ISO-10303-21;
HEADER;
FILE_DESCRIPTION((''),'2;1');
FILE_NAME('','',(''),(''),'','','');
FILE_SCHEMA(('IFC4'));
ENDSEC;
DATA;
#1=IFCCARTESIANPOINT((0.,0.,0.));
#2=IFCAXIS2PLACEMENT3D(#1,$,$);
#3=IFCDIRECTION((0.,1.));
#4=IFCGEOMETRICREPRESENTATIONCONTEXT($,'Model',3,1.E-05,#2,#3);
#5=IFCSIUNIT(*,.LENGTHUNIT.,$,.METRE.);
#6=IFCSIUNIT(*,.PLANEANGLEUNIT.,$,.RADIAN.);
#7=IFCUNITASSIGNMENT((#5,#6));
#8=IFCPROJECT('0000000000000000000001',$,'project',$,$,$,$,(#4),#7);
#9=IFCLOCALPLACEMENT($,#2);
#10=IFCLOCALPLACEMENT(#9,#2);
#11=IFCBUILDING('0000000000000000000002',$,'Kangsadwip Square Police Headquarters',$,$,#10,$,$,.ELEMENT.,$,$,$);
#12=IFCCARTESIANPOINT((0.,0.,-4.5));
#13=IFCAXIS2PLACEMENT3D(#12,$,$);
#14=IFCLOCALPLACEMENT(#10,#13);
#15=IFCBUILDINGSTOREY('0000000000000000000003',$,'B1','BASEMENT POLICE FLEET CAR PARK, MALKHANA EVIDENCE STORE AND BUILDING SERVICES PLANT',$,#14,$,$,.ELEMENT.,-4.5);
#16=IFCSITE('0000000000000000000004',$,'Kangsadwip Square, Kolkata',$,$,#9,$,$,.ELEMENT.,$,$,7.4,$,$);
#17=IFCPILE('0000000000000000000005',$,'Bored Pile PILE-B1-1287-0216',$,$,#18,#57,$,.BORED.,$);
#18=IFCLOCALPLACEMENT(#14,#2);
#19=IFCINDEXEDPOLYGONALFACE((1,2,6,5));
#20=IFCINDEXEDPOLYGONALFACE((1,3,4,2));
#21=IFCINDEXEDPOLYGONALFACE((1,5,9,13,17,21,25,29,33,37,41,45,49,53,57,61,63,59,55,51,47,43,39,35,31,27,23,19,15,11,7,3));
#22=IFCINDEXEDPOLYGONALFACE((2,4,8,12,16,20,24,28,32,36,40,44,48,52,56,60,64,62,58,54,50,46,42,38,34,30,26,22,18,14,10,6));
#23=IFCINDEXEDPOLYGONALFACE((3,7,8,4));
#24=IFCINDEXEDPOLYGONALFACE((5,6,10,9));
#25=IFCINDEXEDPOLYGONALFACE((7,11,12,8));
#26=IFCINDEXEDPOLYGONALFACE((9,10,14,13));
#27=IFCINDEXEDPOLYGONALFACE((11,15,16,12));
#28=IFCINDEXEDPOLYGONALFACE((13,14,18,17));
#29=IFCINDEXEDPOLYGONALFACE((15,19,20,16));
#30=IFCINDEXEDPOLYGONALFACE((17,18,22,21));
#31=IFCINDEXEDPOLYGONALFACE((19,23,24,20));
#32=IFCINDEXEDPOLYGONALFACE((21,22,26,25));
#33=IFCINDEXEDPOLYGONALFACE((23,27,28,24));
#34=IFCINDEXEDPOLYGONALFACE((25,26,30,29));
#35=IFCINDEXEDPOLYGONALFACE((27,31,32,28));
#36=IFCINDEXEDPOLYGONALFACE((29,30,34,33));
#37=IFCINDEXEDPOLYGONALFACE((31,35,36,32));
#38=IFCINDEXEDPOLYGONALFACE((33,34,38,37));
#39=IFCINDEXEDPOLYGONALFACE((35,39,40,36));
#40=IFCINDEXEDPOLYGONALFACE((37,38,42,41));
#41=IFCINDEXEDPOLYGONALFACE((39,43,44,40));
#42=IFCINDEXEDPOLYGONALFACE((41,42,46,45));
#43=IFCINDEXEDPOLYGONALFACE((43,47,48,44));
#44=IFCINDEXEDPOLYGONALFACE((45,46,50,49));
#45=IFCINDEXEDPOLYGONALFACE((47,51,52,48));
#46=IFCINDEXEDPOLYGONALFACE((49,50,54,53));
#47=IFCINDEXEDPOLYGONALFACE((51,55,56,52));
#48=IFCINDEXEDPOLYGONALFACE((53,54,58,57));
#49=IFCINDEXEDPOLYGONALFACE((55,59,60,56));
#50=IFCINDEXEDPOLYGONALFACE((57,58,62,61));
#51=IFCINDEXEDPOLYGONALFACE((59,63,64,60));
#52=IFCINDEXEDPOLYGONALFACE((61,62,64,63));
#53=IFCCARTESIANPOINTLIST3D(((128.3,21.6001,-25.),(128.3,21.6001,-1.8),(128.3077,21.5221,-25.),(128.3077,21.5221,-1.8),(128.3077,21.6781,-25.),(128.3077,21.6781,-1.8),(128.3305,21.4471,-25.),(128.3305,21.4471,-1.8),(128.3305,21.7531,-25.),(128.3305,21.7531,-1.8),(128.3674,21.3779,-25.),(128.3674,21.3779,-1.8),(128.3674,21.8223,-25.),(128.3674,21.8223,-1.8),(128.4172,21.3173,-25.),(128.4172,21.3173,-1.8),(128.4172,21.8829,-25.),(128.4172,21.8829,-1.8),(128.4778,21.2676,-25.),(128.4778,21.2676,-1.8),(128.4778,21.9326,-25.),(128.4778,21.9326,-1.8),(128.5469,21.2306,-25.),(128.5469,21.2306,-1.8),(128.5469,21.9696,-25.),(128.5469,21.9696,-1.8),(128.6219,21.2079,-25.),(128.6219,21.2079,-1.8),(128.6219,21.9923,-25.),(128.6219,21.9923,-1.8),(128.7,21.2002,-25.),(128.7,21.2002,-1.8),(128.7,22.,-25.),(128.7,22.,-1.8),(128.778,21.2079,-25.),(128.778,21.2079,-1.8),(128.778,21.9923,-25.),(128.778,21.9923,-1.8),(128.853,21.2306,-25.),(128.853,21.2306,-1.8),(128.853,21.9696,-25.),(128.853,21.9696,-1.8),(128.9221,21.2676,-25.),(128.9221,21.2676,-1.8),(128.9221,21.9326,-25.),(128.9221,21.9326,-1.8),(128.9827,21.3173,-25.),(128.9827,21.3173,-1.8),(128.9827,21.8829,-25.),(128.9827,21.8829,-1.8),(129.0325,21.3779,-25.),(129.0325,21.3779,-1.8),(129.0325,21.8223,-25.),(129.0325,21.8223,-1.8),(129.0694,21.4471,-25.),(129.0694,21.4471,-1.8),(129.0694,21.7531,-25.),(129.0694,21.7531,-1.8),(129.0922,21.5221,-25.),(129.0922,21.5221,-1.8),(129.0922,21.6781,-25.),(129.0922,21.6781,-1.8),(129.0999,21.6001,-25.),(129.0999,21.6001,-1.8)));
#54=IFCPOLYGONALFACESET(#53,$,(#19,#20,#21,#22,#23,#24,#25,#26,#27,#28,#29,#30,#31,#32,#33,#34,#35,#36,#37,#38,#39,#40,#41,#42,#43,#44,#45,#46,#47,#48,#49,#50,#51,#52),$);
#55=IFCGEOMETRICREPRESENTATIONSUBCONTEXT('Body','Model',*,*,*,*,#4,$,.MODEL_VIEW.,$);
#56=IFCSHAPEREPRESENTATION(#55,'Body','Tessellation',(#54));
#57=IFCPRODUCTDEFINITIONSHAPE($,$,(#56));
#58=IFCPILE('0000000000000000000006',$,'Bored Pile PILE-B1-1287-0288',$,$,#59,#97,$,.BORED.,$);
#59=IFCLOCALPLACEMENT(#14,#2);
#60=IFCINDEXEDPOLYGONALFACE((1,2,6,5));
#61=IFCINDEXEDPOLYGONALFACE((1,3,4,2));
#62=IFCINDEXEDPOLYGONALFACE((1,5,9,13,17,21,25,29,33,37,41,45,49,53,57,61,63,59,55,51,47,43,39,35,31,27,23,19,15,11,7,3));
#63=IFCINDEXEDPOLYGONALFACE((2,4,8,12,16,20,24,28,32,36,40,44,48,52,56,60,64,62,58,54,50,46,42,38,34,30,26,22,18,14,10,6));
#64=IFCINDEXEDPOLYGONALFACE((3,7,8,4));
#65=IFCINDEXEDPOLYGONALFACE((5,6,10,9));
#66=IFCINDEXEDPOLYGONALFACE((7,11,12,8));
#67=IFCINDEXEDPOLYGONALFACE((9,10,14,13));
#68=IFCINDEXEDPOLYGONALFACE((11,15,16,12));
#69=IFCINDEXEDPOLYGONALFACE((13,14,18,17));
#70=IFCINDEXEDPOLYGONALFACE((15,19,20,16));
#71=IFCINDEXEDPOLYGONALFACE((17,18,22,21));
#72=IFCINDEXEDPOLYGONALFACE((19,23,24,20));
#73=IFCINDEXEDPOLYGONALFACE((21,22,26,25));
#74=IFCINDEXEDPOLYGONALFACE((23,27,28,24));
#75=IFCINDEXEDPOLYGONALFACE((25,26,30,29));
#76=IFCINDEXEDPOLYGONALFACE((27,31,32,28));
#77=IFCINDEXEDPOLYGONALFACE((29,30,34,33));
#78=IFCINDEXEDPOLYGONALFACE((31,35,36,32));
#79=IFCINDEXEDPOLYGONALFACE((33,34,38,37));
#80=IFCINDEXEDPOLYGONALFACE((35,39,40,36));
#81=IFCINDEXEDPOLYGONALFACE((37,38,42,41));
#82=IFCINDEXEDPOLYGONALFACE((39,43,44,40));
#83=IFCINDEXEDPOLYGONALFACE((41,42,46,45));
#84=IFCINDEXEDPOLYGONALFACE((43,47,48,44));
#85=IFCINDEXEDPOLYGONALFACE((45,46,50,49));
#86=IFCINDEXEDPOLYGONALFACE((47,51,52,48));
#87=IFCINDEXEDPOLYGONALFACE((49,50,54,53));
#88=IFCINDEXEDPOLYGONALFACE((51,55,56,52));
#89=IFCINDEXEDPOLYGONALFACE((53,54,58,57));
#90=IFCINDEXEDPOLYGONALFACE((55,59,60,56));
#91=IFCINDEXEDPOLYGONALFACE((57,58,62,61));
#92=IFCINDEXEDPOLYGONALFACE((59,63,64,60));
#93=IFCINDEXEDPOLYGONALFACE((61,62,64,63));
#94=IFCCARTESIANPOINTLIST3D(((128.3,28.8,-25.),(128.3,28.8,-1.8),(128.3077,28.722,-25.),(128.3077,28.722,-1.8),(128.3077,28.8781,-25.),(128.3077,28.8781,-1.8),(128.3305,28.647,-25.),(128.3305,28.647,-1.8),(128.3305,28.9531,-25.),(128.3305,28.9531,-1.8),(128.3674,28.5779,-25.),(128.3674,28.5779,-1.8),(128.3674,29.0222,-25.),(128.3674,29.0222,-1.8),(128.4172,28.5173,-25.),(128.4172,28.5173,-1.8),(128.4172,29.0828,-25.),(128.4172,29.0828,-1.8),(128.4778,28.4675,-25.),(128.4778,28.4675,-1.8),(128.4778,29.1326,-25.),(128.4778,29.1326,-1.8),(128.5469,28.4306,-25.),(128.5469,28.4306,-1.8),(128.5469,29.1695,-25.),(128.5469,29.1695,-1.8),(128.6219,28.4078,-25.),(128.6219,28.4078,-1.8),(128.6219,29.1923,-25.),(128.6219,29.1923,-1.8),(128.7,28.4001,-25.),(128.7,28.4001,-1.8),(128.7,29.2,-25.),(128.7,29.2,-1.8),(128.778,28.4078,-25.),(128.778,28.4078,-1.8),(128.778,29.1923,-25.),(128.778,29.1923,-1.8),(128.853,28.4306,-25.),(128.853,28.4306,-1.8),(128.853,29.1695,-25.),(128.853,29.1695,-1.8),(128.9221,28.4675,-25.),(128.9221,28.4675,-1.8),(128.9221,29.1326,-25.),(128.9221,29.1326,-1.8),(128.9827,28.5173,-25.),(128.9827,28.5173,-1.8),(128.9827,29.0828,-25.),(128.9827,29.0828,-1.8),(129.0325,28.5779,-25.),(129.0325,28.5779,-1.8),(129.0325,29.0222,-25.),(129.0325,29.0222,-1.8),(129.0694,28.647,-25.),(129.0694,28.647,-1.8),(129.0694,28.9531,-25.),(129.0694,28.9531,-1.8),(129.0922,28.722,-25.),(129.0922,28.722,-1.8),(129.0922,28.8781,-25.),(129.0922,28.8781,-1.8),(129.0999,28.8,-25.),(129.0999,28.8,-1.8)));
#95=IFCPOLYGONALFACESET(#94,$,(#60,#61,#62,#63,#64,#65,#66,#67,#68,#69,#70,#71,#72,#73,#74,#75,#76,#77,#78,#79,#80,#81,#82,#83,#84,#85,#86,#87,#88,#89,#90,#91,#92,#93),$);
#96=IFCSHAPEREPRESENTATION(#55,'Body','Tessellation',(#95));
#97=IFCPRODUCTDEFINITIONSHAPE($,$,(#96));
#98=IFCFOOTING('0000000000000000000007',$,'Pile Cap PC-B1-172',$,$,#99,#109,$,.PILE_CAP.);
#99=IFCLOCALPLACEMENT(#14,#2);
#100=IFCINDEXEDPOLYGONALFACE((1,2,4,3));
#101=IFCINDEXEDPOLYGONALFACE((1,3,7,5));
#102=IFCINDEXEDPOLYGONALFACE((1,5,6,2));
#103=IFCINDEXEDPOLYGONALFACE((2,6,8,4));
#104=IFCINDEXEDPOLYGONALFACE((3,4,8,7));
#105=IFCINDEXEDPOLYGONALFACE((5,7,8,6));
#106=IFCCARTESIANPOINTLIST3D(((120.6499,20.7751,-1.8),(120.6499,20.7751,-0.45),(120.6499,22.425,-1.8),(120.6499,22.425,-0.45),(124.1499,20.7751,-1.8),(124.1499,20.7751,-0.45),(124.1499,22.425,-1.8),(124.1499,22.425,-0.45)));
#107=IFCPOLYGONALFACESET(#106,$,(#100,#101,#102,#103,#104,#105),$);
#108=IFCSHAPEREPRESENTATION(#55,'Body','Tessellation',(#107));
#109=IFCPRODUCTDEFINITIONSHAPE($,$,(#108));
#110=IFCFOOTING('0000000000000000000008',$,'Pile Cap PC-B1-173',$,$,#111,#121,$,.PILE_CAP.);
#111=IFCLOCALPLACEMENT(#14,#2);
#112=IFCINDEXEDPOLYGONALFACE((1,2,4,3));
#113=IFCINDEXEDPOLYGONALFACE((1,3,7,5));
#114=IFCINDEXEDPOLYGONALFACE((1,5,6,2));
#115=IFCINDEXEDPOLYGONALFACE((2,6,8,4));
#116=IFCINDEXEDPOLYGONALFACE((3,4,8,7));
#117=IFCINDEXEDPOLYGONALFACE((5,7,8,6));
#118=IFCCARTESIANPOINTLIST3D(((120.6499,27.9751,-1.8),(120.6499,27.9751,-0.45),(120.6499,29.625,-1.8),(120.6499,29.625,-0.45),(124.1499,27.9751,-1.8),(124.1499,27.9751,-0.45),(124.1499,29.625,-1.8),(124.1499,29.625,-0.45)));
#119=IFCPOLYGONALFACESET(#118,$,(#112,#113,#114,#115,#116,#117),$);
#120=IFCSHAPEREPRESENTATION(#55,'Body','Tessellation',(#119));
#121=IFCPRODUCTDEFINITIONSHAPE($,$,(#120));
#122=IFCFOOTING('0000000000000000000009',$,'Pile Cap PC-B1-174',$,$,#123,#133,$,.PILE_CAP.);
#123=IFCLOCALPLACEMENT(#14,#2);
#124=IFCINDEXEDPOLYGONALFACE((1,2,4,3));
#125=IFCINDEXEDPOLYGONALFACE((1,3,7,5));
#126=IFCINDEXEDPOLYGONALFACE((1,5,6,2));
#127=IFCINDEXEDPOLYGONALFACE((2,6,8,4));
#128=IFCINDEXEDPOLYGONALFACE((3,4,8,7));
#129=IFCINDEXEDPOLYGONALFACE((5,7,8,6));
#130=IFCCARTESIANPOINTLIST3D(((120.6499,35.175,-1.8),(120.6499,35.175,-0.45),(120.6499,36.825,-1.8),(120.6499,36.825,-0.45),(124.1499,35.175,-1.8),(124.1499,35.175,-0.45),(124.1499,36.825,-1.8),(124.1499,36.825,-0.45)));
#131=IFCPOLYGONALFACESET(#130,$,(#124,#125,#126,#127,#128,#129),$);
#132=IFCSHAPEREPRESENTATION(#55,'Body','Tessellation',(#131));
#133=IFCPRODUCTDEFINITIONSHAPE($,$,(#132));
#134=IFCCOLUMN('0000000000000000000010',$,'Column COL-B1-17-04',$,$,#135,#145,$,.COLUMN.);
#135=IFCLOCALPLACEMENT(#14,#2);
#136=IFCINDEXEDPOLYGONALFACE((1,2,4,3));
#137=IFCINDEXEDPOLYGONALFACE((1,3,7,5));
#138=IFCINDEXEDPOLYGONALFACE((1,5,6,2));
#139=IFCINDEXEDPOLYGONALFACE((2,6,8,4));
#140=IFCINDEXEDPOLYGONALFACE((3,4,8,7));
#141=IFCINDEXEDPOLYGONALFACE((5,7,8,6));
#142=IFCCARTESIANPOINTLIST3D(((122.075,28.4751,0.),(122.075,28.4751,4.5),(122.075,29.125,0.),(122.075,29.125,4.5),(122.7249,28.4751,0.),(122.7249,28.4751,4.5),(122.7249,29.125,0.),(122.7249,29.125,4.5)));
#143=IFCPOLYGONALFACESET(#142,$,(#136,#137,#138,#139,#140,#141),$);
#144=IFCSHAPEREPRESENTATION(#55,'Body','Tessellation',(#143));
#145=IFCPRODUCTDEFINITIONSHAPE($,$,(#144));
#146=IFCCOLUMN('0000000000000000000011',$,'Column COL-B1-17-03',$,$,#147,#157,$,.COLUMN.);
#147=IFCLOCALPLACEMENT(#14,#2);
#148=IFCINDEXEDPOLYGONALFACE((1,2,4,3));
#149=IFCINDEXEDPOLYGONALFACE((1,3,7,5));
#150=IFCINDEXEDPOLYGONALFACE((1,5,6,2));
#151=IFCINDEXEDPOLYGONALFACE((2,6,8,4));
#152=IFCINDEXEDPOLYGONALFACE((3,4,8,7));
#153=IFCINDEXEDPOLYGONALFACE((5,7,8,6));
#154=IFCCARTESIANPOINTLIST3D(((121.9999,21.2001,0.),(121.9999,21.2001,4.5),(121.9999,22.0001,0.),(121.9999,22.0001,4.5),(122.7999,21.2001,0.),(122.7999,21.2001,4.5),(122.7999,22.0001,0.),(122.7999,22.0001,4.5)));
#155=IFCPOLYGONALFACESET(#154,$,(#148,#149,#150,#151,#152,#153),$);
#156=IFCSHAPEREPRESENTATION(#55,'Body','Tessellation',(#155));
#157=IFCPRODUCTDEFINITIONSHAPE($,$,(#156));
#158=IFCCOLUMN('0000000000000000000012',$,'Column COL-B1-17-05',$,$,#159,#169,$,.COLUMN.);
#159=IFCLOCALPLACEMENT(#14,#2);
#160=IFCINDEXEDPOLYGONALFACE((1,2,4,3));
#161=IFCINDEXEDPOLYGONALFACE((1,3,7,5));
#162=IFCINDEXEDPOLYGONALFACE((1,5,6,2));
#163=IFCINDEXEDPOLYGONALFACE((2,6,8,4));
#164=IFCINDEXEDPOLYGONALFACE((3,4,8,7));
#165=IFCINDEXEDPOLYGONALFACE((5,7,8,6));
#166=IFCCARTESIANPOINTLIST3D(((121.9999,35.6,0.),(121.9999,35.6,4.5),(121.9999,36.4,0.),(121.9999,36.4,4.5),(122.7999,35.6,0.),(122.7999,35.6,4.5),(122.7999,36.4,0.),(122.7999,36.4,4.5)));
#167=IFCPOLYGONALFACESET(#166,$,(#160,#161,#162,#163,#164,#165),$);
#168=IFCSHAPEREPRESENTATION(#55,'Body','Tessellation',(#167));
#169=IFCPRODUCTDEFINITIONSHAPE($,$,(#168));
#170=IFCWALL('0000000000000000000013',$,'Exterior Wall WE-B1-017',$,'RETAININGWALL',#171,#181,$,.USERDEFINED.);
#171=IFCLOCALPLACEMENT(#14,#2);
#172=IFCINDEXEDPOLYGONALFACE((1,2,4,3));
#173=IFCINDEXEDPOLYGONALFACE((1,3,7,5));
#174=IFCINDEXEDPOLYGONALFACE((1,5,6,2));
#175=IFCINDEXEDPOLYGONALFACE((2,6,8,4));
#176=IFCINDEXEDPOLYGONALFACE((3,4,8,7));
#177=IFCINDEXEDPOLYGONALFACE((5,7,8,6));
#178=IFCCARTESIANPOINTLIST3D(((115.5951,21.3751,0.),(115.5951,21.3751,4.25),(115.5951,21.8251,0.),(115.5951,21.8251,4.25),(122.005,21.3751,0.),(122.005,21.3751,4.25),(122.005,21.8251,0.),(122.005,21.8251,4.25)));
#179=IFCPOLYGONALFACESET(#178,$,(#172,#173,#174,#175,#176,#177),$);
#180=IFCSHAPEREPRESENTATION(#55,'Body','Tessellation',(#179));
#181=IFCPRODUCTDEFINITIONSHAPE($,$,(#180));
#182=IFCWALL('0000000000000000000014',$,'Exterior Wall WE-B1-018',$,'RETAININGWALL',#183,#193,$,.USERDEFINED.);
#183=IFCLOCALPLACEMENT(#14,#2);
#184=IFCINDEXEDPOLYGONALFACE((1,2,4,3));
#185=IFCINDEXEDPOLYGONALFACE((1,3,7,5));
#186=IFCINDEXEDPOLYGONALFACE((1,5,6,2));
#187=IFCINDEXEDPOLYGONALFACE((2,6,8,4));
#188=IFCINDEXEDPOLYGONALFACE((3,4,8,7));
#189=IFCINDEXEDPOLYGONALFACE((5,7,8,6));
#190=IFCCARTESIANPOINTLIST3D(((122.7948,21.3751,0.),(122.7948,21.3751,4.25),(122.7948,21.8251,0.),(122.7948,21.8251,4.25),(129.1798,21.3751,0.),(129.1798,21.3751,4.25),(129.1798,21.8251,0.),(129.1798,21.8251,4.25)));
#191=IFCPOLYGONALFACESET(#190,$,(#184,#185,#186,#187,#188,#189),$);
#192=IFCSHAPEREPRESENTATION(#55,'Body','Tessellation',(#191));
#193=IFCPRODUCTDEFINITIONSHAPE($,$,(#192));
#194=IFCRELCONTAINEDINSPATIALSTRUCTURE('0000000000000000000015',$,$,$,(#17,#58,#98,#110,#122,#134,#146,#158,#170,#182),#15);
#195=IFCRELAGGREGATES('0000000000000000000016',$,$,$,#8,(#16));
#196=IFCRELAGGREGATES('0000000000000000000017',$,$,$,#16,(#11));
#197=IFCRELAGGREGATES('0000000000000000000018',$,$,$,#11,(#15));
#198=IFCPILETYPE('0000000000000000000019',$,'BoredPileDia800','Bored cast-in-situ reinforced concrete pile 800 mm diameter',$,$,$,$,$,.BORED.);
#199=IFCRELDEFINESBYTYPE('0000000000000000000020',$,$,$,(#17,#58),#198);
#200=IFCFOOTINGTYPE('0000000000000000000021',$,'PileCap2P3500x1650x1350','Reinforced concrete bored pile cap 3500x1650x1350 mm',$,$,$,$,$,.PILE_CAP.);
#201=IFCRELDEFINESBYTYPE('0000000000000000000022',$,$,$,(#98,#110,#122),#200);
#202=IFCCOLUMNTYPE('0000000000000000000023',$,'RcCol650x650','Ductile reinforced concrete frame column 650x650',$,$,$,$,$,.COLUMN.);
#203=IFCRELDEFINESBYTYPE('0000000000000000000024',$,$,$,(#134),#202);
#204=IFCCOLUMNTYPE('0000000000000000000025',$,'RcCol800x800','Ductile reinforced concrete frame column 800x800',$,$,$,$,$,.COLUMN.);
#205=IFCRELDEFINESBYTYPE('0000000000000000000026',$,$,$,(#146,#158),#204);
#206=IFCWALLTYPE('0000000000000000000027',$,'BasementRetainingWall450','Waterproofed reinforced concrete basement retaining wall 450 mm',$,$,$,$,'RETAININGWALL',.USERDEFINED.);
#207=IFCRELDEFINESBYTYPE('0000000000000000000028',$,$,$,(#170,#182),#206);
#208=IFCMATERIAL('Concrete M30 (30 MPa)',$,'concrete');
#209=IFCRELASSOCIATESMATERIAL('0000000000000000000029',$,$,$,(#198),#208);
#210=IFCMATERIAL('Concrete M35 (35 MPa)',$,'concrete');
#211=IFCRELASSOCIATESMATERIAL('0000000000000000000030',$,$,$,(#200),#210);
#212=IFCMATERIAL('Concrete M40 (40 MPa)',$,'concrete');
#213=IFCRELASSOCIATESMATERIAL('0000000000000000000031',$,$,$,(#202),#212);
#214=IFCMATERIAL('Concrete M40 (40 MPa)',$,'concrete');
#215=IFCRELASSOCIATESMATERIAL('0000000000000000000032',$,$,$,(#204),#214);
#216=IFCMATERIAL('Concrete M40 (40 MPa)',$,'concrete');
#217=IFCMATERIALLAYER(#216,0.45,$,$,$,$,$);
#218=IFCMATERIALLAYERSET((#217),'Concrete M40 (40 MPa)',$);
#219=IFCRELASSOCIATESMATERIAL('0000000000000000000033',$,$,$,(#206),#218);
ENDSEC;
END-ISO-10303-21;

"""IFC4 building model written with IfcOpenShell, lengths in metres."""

from ifc_helpers import new_model, si_unit, direction, frame, frame_2d, origin, origin_2d, place, context, subcontext, project, spatial, rectangle, circle, extrude, material, layer, layer_set, material_profile, profile_set, type_object, element, save


model = new_model("IFC4")

# Units and contexts
model_context = context("Model", 3, precision=1e-05, world=origin(), true_north=direction((0.0, 1.0)))
body_context = subcontext(model_context, "Body", "Model", "MODEL_VIEW")
ifc_project = project(units=[si_unit("LENGTHUNIT", "METRE"), si_unit("PLANEANGLEUNIT", "RADIAN")], contexts=[model_context])

# Site, building, storey
site_placement = place(None, origin())
site = spatial("IfcSite", under=ifc_project, at=site_placement, Name="Kangsadwip Square, Kolkata", CompositionType="ELEMENT", RefElevation=7.4)
building_placement = place(site_placement, origin())
building = spatial("IfcBuilding", under=site, at=building_placement, Name="Kangsadwip Square Police Headquarters", CompositionType="ELEMENT")
storey_placement = place(building_placement, frame((0.0, 0.0, -4.5)))
storey = spatial("IfcBuildingStorey", under=building, at=storey_placement, Name="B1", Description="BASEMENT POLICE FLEET CAR PARK, MALKHANA EVIDENCE STORE AND BUILDING SERVICES PLANT", CompositionType="ELEMENT", Elevation=-4.5)

# Piles
ifc_material_1 = material(Name="Concrete M30 (30 MPa)", Category="concrete")
ifc_material_profile_1 = material_profile(ifc_material_1, circle(Radius=0.3999, at=origin_2d()), Name="PILE DIA 800")
ifc_profile_set_1 = profile_set([ifc_material_profile_1], Name="Concrete M30 (30 MPa)")
pile_type = type_object("IfcPileType", Name="BoredPileDia800", Description="Bored cast-in-situ reinforced concrete pile 800 mm diameter", PredefinedType="BORED", material=ifc_profile_set_1)
for number, where, z_axis, x_axis, name in (
    (1, (128.7, 21.6001, -1.8), (0.0, 0.0, -1.0), (1.0, 0.0, 0.0), "Bored Pile PILE-B1-1287-0216"),
    (2, (128.7, 28.8, -1.8), (0.0, 0.0, -1.0), (1.0, 0.0, 0.0), "Bored Pile PILE-B1-1287-0288"),
):
    element("IfcPile", number, at=place(storey_placement, frame(where, z_axis=z_axis, x_axis=x_axis)), inside=storey, type_object=pile_type, Name=name, PredefinedType="BORED", context=body_context, shape_type="SweptSolid", body=[
        extrude(circle(Radius=0.3999, at=origin_2d()), origin(), (0.0, 0.0, 1.0), 23.2),
    ])

# Footings
ifc_material_2 = material(Name="Concrete M35 (35 MPa)", Category="concrete")
footing_type = type_object("IfcFootingType", Name="PileCap2P3500x1650x1350", Description="Reinforced concrete bored pile cap 3500x1650x1350 mm", PredefinedType="PILE_CAP", material=ifc_material_2)
for number, where, z_axis, x_axis, name in (
    (3, (122.3999, 21.6001, -1.8), (0.0, 0.0, 1.0), (1.0, 0.0, 0.0), "Pile Cap PC-B1-172"),
    (4, (122.3999, 28.8, -1.8), (0.0, 0.0, 1.0), (1.0, 0.0, 0.0), "Pile Cap PC-B1-173"),
    (5, (122.3999, 36.0, -1.8), (0.0, 0.0, 1.0), (1.0, 0.0, 0.0), "Pile Cap PC-B1-174"),
):
    element("IfcFooting", number, at=place(storey_placement, frame(where, z_axis=z_axis, x_axis=x_axis)), inside=storey, type_object=footing_type, Name=name, PredefinedType="PILE_CAP", context=body_context, shape_type="SweptSolid", body=[
        extrude(rectangle(XDim=3.5, YDim=1.6499, at=origin_2d()), origin(), (0.0, 0.0, 1.0), 1.3501),
    ])

# Columns
ifc_material_3 = material(Name="Concrete M40 (40 MPa)", Category="concrete")
ifc_material_profile_2 = material_profile(ifc_material_3, rectangle(XDim=0.6499, YDim=0.6499, at=origin_2d()), Name="RC COL 650X650")
ifc_profile_set_2 = profile_set([ifc_material_profile_2], Name="Concrete M40 (40 MPa)")
column_type_1 = type_object("IfcColumnType", Name="RcCol650x650", Description="Ductile reinforced concrete frame column 650x650", PredefinedType="COLUMN", material=ifc_profile_set_2)
column_placement = place(storey_placement, frame((122.3999, 28.8, 0.0), z_axis=(0.0, 0.0, 1.0), x_axis=(1.0, 0.0, 0.0)))
element("IfcColumn", 6, at=column_placement, inside=storey, type_object=column_type_1, Name="Column COL-B1-17-04", PredefinedType="COLUMN", context=body_context, shape_type="SweptSolid", body=[
    extrude(rectangle(XDim=0.6499, YDim=0.6499, at=origin_2d()), origin(), (0.0, 0.0, 1.0), 4.5),
])
ifc_material_4 = material(Name="Concrete M40 (40 MPa)", Category="concrete")
ifc_material_profile_3 = material_profile(ifc_material_4, rectangle(XDim=0.8, YDim=0.8, at=origin_2d()), Name="RC COL 800X800")
ifc_profile_set_3 = profile_set([ifc_material_profile_3], Name="Concrete M40 (40 MPa)")
column_type_2 = type_object("IfcColumnType", Name="RcCol800x800", Description="Ductile reinforced concrete frame column 800x800", PredefinedType="COLUMN", material=ifc_profile_set_3)
for number, where, z_axis, x_axis, name in (
    (7, (122.3999, 21.6001, 0.0), (0.0, 0.0, 1.0), (1.0, 0.0, 0.0), "Column COL-B1-17-03"),
    (8, (122.3999, 36.0, 0.0), (0.0, 0.0, 1.0), (1.0, 0.0, 0.0), "Column COL-B1-17-05"),
):
    element("IfcColumn", number, at=place(storey_placement, frame(where, z_axis=z_axis, x_axis=x_axis)), inside=storey, type_object=column_type_2, Name=name, PredefinedType="COLUMN", context=body_context, shape_type="SweptSolid", body=[
        extrude(rectangle(XDim=0.8, YDim=0.8, at=origin_2d()), origin(), (0.0, 0.0, 1.0), 4.5),
    ])

# Walls
ifc_material_5 = material(Name="Concrete M40 (40 MPa)", Category="concrete")
ifc_layer_1 = layer(ifc_material_5, 0.45)
ifc_layer_set_1 = layer_set([ifc_layer_1], Name="Concrete M40 (40 MPa)")
wall_type_1 = type_object("IfcWallType", Name="BasementRetainingWall450", Description="Waterproofed reinforced concrete basement retaining wall 450 mm", ElementType="RETAININGWALL", PredefinedType="USERDEFINED", material=ifc_layer_set_1)
wall_1_placement = place(storey_placement, frame((115.595, 21.6001, 0.0), z_axis=(0.0, 0.0, 1.0), x_axis=(1.0, 0.0, 0.0)))
element("IfcWall", 9, at=wall_1_placement, inside=storey, type_object=wall_type_1, Name="Exterior Wall WE-B1-017", ObjectType="RETAININGWALL", PredefinedType="USERDEFINED", context=body_context, shape_type="SweptSolid", body=[
    extrude(rectangle(XDim=6.4099, YDim=0.45, at=frame_2d((3.2051, 0.0))), origin(), (0.0, 0.0, 1.0), 4.25),
])
wall_2_placement = place(storey_placement, frame((122.7949, 21.6001, 0.0), z_axis=(0.0, 0.0, 1.0), x_axis=(1.0, 0.0, 0.0)))
element("IfcWall", 10, at=wall_2_placement, inside=storey, type_object=wall_type_1, Name="Exterior Wall WE-B1-018", ObjectType="RETAININGWALL", PredefinedType="USERDEFINED", context=body_context, shape_type="SweptSolid", body=[
    extrude(rectangle(XDim=6.385, YDim=0.45, at=frame_2d((3.1924, 0.0))), origin(), (0.0, 0.0, 1.0), 4.25),
])

save(model, "model.ifc")
